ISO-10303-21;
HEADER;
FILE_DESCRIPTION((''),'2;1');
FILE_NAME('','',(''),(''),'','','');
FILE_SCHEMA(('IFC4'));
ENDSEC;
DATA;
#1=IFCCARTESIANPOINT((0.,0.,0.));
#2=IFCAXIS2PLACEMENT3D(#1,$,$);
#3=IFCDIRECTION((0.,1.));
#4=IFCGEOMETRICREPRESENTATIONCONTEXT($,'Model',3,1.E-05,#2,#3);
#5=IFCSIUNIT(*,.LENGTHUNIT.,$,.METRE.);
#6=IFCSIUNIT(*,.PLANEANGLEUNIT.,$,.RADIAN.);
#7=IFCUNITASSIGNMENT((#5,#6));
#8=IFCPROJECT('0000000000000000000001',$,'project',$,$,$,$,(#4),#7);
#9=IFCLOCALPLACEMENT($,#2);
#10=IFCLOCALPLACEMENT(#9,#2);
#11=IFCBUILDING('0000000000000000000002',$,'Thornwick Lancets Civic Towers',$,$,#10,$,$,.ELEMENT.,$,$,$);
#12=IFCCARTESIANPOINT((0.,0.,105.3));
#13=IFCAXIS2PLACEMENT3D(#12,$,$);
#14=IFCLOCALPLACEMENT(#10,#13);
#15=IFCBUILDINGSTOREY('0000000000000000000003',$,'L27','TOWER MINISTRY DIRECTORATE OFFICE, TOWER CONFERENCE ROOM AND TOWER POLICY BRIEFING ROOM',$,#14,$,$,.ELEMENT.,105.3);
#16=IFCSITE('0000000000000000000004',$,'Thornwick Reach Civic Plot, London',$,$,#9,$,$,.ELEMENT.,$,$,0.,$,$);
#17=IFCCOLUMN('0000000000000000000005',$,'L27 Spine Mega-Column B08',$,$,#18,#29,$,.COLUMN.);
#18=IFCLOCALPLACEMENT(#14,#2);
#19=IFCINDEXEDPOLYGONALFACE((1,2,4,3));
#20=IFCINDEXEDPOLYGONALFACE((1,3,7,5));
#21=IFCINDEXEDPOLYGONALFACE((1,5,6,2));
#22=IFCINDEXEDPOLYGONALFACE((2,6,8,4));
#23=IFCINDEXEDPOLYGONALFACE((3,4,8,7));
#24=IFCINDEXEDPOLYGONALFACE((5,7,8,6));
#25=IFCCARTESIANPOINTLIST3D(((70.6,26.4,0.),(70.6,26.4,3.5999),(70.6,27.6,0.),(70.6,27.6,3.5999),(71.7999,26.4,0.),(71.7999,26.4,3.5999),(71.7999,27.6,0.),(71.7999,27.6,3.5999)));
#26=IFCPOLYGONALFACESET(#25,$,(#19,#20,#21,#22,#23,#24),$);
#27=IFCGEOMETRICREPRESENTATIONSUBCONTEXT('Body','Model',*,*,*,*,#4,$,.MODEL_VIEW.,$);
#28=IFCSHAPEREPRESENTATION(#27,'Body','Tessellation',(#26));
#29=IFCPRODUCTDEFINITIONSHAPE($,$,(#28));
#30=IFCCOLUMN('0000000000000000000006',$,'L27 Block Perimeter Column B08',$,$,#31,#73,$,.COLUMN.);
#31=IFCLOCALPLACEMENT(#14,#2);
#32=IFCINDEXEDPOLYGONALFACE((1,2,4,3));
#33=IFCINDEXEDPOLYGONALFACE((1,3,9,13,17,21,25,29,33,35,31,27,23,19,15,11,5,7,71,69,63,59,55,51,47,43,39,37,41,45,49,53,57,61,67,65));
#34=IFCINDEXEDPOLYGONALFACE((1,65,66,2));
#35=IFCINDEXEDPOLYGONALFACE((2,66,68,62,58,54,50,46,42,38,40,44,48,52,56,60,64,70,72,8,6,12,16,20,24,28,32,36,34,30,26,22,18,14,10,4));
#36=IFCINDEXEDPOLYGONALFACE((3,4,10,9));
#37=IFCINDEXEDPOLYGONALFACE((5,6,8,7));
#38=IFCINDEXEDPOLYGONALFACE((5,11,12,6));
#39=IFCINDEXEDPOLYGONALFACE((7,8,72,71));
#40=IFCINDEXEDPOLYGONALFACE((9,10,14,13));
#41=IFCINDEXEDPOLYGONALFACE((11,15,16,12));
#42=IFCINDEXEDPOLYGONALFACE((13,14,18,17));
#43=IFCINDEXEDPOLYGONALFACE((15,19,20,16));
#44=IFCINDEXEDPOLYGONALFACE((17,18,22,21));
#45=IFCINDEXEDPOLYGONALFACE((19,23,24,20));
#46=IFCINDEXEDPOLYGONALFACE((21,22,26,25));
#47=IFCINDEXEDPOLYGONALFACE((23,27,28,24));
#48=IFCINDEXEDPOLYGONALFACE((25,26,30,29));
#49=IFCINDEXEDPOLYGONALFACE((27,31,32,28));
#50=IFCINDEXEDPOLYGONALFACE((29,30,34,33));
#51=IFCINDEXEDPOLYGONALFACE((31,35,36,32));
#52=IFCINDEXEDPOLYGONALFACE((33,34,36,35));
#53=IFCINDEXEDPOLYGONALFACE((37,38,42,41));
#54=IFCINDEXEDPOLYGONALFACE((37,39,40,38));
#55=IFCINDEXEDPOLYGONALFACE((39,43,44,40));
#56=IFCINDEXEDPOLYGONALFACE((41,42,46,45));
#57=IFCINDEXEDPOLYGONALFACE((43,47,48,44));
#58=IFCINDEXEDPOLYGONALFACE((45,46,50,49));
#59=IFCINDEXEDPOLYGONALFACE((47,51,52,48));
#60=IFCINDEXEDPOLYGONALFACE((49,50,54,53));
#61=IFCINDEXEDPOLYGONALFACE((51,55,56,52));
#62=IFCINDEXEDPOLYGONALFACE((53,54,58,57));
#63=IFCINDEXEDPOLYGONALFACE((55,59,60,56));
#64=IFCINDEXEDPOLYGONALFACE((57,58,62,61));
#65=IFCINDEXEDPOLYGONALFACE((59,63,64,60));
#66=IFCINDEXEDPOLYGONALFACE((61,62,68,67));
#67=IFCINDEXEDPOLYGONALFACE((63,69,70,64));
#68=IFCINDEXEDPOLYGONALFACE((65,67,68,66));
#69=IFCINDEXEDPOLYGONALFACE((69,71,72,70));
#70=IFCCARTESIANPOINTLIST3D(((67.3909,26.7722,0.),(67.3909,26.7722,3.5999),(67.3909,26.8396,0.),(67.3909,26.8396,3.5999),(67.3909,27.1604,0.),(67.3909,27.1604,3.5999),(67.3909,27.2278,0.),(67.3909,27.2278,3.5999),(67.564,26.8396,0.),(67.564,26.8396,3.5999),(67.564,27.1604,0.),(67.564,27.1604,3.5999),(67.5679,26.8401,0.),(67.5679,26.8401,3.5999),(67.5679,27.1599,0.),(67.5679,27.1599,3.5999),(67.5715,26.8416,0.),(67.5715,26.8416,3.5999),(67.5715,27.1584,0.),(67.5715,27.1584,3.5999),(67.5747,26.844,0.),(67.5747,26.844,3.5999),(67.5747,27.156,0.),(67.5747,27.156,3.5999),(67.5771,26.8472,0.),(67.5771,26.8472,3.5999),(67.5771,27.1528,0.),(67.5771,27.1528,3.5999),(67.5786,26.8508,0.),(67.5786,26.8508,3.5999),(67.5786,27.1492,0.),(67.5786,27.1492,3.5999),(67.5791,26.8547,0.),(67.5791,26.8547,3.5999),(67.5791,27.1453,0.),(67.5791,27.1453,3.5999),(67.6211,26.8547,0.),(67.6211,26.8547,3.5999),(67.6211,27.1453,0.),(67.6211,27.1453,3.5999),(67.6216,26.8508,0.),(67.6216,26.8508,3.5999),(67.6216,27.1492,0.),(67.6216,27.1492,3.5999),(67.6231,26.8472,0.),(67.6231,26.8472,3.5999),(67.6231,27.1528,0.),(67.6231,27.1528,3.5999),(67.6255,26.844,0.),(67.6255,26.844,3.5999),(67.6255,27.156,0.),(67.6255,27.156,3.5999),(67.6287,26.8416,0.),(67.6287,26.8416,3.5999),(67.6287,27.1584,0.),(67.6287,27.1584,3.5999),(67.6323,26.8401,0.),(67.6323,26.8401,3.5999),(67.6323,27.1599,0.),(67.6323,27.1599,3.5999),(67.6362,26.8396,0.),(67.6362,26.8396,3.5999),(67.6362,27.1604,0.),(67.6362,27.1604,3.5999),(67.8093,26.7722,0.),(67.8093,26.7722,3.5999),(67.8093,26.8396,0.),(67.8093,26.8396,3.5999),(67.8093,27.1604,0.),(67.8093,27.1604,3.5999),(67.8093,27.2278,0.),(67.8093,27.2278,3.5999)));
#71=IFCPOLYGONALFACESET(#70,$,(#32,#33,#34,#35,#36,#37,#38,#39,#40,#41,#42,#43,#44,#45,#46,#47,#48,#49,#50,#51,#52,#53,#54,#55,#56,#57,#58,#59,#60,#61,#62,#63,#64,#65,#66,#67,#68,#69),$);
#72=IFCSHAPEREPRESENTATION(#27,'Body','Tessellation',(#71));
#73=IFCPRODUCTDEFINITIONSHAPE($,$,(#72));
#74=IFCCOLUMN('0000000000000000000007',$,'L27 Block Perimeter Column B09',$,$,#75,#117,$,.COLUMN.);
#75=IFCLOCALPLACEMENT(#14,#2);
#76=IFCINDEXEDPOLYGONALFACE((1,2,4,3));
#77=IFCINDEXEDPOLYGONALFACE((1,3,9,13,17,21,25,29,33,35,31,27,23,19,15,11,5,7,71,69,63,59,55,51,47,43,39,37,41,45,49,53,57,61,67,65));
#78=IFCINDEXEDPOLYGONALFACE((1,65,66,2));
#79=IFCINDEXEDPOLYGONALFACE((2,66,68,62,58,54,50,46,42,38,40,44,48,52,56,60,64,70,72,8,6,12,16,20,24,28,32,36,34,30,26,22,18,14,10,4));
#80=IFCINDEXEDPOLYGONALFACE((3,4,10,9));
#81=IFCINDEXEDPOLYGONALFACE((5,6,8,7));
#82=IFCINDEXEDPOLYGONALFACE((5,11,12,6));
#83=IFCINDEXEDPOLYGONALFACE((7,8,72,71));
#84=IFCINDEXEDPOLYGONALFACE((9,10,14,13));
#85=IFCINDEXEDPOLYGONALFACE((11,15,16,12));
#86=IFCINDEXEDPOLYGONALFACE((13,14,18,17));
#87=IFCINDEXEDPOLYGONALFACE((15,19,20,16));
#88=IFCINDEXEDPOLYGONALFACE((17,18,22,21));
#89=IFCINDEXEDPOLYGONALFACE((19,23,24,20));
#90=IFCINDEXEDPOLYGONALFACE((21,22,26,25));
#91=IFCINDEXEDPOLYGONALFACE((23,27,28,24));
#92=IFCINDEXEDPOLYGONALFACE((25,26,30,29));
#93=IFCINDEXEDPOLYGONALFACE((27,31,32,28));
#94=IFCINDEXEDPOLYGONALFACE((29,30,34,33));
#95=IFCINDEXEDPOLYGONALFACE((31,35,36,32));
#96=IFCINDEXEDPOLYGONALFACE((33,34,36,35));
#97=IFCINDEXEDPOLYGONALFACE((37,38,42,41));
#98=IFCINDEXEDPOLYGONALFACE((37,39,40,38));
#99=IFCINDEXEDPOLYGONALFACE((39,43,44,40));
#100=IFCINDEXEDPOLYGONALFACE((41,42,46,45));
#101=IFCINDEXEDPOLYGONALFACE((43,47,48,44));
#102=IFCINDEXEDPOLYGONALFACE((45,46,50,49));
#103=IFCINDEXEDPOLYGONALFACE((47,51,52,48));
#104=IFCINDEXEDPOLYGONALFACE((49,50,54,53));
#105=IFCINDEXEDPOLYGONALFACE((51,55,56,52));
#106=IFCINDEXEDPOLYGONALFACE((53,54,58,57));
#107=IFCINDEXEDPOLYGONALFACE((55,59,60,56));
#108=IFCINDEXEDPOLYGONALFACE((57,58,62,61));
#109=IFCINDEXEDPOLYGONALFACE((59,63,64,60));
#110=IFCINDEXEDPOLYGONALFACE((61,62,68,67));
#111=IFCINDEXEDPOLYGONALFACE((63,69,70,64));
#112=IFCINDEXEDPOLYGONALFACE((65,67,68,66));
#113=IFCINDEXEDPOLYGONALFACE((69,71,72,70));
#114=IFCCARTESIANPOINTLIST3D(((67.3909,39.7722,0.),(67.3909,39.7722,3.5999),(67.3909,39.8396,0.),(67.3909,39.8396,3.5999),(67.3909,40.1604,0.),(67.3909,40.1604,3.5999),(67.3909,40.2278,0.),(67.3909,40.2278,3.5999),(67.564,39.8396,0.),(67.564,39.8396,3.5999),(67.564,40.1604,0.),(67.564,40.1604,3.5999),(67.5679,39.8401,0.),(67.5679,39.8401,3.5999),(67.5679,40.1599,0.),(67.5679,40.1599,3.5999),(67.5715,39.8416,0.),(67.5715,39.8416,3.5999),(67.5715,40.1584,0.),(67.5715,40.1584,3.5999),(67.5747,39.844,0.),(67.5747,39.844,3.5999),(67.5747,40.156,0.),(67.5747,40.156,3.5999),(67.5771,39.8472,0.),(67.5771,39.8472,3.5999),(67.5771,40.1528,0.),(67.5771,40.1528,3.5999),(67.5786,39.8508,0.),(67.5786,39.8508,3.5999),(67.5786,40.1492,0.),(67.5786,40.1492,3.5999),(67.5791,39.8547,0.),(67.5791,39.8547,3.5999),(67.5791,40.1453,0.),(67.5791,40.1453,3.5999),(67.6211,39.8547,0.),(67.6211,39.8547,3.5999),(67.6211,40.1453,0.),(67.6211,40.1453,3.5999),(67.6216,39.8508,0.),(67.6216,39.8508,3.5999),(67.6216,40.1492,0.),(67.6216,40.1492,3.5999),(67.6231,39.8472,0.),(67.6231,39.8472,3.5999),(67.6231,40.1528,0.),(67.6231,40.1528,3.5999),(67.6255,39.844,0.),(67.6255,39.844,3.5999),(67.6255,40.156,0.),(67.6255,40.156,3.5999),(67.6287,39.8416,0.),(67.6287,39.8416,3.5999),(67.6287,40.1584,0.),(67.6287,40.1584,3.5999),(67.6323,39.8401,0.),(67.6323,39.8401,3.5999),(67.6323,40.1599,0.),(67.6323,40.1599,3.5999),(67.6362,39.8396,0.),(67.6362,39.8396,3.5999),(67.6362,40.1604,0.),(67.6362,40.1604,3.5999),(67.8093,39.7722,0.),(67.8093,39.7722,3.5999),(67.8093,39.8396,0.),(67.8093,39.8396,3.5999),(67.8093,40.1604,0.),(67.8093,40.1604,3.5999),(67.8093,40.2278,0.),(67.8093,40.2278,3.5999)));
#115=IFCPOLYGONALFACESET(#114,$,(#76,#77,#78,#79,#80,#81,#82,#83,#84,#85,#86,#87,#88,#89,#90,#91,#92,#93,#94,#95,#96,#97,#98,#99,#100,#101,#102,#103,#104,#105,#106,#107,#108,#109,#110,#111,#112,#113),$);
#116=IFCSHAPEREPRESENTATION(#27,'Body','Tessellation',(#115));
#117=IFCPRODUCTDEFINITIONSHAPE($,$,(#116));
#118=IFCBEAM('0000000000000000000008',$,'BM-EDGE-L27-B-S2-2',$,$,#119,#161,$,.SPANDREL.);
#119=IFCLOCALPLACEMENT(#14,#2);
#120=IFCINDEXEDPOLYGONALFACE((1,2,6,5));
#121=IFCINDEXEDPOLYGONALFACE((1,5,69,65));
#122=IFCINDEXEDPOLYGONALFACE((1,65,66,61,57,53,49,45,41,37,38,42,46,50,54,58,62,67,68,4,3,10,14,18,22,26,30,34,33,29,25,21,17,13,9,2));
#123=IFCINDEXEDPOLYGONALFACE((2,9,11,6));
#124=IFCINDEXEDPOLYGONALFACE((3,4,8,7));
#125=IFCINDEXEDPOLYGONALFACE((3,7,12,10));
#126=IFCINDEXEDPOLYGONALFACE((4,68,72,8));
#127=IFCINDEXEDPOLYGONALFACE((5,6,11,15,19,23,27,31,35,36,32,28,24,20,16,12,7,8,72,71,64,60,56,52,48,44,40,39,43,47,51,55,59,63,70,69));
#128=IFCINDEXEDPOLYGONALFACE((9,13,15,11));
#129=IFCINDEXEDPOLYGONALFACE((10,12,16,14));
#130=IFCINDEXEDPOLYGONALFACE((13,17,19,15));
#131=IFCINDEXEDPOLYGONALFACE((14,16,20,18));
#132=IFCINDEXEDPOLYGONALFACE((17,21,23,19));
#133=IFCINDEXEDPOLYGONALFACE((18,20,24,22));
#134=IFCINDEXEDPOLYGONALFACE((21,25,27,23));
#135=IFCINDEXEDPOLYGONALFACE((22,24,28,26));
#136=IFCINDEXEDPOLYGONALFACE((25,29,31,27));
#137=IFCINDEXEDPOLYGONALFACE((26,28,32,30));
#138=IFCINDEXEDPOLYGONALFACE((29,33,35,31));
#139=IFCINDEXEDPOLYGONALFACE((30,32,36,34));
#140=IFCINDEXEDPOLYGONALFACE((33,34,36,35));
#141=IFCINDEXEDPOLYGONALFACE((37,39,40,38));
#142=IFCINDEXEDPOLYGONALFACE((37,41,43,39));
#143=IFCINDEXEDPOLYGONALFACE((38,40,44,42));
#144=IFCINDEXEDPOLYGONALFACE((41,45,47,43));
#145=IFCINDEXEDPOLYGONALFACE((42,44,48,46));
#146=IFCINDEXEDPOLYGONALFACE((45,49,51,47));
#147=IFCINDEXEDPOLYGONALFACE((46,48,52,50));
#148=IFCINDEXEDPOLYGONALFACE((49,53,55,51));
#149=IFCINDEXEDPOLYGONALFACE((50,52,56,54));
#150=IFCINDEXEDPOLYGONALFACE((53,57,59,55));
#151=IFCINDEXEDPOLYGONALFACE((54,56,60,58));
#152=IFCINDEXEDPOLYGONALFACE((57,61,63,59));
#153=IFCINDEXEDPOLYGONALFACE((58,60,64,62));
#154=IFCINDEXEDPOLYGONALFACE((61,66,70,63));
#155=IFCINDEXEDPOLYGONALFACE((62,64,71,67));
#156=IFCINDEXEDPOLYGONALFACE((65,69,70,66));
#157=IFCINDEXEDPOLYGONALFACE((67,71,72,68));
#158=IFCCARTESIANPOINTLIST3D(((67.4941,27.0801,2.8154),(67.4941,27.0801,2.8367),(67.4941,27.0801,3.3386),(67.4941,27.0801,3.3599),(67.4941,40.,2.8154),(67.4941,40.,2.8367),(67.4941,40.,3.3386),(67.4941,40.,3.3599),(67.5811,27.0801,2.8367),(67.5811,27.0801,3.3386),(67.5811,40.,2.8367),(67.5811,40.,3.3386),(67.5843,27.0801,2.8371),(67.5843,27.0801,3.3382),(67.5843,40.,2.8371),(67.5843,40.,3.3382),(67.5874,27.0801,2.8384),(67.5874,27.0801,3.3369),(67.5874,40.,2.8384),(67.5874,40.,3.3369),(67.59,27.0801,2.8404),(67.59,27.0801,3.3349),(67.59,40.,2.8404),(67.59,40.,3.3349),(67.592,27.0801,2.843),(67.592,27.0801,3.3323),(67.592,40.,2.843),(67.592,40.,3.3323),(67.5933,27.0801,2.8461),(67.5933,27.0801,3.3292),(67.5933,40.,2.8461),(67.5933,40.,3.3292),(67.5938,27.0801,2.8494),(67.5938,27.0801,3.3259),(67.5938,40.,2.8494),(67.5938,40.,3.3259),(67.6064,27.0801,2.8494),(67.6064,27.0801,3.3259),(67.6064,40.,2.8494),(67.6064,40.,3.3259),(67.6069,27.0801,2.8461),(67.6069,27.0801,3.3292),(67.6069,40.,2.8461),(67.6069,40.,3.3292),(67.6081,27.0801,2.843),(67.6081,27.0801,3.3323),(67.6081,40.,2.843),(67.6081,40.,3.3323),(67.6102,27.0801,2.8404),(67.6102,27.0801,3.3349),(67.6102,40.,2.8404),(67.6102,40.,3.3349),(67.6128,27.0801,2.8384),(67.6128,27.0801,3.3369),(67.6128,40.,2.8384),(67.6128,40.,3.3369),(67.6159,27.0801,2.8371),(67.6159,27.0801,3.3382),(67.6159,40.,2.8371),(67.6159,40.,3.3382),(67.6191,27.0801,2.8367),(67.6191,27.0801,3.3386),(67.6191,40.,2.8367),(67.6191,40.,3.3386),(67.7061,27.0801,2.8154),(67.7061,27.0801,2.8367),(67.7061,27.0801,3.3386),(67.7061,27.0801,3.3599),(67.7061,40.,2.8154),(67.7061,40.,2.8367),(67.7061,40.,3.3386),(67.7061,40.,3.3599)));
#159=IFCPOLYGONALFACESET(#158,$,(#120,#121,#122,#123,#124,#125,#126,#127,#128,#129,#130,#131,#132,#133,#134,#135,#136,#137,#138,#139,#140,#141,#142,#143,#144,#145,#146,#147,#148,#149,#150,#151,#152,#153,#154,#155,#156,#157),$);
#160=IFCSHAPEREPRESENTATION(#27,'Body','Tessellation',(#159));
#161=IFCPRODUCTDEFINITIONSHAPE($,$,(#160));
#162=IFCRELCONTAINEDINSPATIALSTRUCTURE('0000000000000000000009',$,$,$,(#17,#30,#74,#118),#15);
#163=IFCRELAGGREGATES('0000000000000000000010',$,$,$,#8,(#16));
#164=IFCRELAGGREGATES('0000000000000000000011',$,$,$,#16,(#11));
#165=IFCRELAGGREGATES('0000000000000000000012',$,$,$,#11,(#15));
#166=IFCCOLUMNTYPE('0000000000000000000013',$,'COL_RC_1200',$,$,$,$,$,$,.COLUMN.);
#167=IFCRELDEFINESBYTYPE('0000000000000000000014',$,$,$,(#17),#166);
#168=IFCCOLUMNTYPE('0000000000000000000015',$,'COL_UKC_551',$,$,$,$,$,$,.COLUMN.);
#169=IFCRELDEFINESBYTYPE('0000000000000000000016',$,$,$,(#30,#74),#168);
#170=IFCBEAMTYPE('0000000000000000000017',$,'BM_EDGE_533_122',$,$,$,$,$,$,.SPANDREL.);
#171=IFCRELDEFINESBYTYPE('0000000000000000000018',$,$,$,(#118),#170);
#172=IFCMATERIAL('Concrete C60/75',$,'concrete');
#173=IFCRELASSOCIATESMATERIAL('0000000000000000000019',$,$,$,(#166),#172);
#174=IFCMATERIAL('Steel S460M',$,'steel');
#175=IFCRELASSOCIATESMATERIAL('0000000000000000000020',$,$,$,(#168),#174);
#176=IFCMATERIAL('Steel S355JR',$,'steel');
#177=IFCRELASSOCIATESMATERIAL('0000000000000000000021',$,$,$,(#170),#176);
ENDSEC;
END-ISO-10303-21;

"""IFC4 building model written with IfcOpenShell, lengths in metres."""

from ifc_helpers import new_model, si_unit, direction, frame, origin, origin_2d, place, context, subcontext, project, spatial, rectangle, i_section, extrude, material, material_profile, profile_set, type_object, element, save


model = new_model("IFC4")

# Units and contexts
model_context = context("Model", 3, precision=1e-05, world=origin(), true_north=direction((0.0, 1.0)))
body_context = subcontext(model_context, "Body", "Model", "MODEL_VIEW")
ifc_project = project(units=[si_unit("LENGTHUNIT", "METRE"), si_unit("PLANEANGLEUNIT", "RADIAN")], contexts=[model_context])

# Site, building, storey
site_placement = place(None, origin())
site = spatial("IfcSite", under=ifc_project, at=site_placement, Name="Thornwick Reach Civic Plot, London", CompositionType="ELEMENT", RefElevation=0.0)
building_placement = place(site_placement, origin())
building = spatial("IfcBuilding", under=site, at=building_placement, Name="Thornwick Lancets Civic Towers", CompositionType="ELEMENT")
storey_placement = place(building_placement, frame((0.0, 0.0, 105.3)))
storey = spatial("IfcBuildingStorey", under=building, at=storey_placement, Name="L27", Description="TOWER MINISTRY DIRECTORATE OFFICE, TOWER CONFERENCE ROOM AND TOWER POLICY BRIEFING ROOM", CompositionType="ELEMENT", Elevation=105.3)

# Columns
ifc_material_1 = material(Name="Concrete C60/75", Category="concrete")
ifc_material_profile_1 = material_profile(ifc_material_1, rectangle(XDim=1.2, YDim=1.2, at=origin_2d()), Name="RC 1200x1200")
ifc_profile_set_1 = profile_set([ifc_material_profile_1], Name="Concrete C60/75")
column_type_1 = type_object("IfcColumnType", Name="COL_RC_1200", PredefinedType="COLUMN", material=ifc_profile_set_1)
column_placement = place(storey_placement, frame((71.2, 27.0, 0.0), z_axis=(0.0, 0.0, 1.0), x_axis=(1.0, 0.0, 0.0)))
element("IfcColumn", 1, at=column_placement, inside=storey, type_object=column_type_1, Name="L27 Spine Mega-Column B08", PredefinedType="COLUMN", context=body_context, shape_type="SweptSolid", body=[
    extrude(rectangle(XDim=1.2, YDim=1.2, at=origin_2d()), origin(), (0.0, 0.0, 1.0), 3.5999),
])
ifc_material_2 = material(Name="Steel S460M", Category="steel")
ifc_material_profile_2 = material_profile(ifc_material_2, i_section(OverallWidth=0.4185, OverallDepth=0.4556, WebThickness=0.042, FlangeThickness=0.0674, FilletRadius=0.0151, at=origin_2d()), Name="UKC 356x406x551")
ifc_profile_set_2 = profile_set([ifc_material_profile_2], Name="Steel S460M")
column_type_2 = type_object("IfcColumnType", Name="COL_UKC_551", PredefinedType="COLUMN", material=ifc_profile_set_2)
for number, where, z_axis, x_axis, name in (
    (2, (67.6001, 27.0, 0.0), (0.0, 0.0, 1.0), (1.0, 0.0, 0.0), "L27 Block Perimeter Column B08"),
    (3, (67.6001, 40.0, 0.0), (0.0, 0.0, 1.0), (1.0, 0.0, 0.0), "L27 Block Perimeter Column B09"),
):
    element("IfcColumn", number, at=place(storey_placement, frame(where, z_axis=z_axis, x_axis=x_axis)), inside=storey, type_object=column_type_2, Name=name, PredefinedType="COLUMN", context=body_context, shape_type="SweptSolid", body=[
        extrude(i_section(OverallWidth=0.4185, OverallDepth=0.4556, WebThickness=0.042, FlangeThickness=0.0674, FilletRadius=0.0151, at=origin_2d()), origin(), (0.0, 0.0, 1.0), 3.5999),
    ])

# Beam
ifc_material_3 = material(Name="Steel S355JR", Category="steel")
ifc_material_profile_3 = material_profile(ifc_material_3, i_section(OverallWidth=0.2119, OverallDepth=0.5444, WebThickness=0.0127, FlangeThickness=0.0212, FilletRadius=0.0127, at=origin_2d()), Name="UKB 533x210x122")
ifc_profile_set_3 = profile_set([ifc_material_profile_3], Name="Steel S355JR")
beam_type_1 = type_object("IfcBeamType", Name="BM_EDGE_533_122", PredefinedType="SPANDREL", material=ifc_profile_set_3)
beam_1_placement = place(storey_placement, frame((67.6001, 27.0801, 3.0876), z_axis=(0.0, 1.0, 0.0), x_axis=(-1.0, 0.0, 0.0)))
element("IfcBeam", 4, at=beam_1_placement, inside=storey, type_object=beam_type_1, Name="BM-EDGE-L27-B-S2-2", PredefinedType="SPANDREL", context=body_context, shape_type="SweptSolid", body=[
    extrude(i_section(OverallWidth=0.2119, OverallDepth=0.5444, WebThickness=0.0127, FlangeThickness=0.0212, FilletRadius=0.0127, at=origin_2d()), origin(), (0.0, 0.0, 1.0), 12.9199),
])

save(model, "model.ifc")
